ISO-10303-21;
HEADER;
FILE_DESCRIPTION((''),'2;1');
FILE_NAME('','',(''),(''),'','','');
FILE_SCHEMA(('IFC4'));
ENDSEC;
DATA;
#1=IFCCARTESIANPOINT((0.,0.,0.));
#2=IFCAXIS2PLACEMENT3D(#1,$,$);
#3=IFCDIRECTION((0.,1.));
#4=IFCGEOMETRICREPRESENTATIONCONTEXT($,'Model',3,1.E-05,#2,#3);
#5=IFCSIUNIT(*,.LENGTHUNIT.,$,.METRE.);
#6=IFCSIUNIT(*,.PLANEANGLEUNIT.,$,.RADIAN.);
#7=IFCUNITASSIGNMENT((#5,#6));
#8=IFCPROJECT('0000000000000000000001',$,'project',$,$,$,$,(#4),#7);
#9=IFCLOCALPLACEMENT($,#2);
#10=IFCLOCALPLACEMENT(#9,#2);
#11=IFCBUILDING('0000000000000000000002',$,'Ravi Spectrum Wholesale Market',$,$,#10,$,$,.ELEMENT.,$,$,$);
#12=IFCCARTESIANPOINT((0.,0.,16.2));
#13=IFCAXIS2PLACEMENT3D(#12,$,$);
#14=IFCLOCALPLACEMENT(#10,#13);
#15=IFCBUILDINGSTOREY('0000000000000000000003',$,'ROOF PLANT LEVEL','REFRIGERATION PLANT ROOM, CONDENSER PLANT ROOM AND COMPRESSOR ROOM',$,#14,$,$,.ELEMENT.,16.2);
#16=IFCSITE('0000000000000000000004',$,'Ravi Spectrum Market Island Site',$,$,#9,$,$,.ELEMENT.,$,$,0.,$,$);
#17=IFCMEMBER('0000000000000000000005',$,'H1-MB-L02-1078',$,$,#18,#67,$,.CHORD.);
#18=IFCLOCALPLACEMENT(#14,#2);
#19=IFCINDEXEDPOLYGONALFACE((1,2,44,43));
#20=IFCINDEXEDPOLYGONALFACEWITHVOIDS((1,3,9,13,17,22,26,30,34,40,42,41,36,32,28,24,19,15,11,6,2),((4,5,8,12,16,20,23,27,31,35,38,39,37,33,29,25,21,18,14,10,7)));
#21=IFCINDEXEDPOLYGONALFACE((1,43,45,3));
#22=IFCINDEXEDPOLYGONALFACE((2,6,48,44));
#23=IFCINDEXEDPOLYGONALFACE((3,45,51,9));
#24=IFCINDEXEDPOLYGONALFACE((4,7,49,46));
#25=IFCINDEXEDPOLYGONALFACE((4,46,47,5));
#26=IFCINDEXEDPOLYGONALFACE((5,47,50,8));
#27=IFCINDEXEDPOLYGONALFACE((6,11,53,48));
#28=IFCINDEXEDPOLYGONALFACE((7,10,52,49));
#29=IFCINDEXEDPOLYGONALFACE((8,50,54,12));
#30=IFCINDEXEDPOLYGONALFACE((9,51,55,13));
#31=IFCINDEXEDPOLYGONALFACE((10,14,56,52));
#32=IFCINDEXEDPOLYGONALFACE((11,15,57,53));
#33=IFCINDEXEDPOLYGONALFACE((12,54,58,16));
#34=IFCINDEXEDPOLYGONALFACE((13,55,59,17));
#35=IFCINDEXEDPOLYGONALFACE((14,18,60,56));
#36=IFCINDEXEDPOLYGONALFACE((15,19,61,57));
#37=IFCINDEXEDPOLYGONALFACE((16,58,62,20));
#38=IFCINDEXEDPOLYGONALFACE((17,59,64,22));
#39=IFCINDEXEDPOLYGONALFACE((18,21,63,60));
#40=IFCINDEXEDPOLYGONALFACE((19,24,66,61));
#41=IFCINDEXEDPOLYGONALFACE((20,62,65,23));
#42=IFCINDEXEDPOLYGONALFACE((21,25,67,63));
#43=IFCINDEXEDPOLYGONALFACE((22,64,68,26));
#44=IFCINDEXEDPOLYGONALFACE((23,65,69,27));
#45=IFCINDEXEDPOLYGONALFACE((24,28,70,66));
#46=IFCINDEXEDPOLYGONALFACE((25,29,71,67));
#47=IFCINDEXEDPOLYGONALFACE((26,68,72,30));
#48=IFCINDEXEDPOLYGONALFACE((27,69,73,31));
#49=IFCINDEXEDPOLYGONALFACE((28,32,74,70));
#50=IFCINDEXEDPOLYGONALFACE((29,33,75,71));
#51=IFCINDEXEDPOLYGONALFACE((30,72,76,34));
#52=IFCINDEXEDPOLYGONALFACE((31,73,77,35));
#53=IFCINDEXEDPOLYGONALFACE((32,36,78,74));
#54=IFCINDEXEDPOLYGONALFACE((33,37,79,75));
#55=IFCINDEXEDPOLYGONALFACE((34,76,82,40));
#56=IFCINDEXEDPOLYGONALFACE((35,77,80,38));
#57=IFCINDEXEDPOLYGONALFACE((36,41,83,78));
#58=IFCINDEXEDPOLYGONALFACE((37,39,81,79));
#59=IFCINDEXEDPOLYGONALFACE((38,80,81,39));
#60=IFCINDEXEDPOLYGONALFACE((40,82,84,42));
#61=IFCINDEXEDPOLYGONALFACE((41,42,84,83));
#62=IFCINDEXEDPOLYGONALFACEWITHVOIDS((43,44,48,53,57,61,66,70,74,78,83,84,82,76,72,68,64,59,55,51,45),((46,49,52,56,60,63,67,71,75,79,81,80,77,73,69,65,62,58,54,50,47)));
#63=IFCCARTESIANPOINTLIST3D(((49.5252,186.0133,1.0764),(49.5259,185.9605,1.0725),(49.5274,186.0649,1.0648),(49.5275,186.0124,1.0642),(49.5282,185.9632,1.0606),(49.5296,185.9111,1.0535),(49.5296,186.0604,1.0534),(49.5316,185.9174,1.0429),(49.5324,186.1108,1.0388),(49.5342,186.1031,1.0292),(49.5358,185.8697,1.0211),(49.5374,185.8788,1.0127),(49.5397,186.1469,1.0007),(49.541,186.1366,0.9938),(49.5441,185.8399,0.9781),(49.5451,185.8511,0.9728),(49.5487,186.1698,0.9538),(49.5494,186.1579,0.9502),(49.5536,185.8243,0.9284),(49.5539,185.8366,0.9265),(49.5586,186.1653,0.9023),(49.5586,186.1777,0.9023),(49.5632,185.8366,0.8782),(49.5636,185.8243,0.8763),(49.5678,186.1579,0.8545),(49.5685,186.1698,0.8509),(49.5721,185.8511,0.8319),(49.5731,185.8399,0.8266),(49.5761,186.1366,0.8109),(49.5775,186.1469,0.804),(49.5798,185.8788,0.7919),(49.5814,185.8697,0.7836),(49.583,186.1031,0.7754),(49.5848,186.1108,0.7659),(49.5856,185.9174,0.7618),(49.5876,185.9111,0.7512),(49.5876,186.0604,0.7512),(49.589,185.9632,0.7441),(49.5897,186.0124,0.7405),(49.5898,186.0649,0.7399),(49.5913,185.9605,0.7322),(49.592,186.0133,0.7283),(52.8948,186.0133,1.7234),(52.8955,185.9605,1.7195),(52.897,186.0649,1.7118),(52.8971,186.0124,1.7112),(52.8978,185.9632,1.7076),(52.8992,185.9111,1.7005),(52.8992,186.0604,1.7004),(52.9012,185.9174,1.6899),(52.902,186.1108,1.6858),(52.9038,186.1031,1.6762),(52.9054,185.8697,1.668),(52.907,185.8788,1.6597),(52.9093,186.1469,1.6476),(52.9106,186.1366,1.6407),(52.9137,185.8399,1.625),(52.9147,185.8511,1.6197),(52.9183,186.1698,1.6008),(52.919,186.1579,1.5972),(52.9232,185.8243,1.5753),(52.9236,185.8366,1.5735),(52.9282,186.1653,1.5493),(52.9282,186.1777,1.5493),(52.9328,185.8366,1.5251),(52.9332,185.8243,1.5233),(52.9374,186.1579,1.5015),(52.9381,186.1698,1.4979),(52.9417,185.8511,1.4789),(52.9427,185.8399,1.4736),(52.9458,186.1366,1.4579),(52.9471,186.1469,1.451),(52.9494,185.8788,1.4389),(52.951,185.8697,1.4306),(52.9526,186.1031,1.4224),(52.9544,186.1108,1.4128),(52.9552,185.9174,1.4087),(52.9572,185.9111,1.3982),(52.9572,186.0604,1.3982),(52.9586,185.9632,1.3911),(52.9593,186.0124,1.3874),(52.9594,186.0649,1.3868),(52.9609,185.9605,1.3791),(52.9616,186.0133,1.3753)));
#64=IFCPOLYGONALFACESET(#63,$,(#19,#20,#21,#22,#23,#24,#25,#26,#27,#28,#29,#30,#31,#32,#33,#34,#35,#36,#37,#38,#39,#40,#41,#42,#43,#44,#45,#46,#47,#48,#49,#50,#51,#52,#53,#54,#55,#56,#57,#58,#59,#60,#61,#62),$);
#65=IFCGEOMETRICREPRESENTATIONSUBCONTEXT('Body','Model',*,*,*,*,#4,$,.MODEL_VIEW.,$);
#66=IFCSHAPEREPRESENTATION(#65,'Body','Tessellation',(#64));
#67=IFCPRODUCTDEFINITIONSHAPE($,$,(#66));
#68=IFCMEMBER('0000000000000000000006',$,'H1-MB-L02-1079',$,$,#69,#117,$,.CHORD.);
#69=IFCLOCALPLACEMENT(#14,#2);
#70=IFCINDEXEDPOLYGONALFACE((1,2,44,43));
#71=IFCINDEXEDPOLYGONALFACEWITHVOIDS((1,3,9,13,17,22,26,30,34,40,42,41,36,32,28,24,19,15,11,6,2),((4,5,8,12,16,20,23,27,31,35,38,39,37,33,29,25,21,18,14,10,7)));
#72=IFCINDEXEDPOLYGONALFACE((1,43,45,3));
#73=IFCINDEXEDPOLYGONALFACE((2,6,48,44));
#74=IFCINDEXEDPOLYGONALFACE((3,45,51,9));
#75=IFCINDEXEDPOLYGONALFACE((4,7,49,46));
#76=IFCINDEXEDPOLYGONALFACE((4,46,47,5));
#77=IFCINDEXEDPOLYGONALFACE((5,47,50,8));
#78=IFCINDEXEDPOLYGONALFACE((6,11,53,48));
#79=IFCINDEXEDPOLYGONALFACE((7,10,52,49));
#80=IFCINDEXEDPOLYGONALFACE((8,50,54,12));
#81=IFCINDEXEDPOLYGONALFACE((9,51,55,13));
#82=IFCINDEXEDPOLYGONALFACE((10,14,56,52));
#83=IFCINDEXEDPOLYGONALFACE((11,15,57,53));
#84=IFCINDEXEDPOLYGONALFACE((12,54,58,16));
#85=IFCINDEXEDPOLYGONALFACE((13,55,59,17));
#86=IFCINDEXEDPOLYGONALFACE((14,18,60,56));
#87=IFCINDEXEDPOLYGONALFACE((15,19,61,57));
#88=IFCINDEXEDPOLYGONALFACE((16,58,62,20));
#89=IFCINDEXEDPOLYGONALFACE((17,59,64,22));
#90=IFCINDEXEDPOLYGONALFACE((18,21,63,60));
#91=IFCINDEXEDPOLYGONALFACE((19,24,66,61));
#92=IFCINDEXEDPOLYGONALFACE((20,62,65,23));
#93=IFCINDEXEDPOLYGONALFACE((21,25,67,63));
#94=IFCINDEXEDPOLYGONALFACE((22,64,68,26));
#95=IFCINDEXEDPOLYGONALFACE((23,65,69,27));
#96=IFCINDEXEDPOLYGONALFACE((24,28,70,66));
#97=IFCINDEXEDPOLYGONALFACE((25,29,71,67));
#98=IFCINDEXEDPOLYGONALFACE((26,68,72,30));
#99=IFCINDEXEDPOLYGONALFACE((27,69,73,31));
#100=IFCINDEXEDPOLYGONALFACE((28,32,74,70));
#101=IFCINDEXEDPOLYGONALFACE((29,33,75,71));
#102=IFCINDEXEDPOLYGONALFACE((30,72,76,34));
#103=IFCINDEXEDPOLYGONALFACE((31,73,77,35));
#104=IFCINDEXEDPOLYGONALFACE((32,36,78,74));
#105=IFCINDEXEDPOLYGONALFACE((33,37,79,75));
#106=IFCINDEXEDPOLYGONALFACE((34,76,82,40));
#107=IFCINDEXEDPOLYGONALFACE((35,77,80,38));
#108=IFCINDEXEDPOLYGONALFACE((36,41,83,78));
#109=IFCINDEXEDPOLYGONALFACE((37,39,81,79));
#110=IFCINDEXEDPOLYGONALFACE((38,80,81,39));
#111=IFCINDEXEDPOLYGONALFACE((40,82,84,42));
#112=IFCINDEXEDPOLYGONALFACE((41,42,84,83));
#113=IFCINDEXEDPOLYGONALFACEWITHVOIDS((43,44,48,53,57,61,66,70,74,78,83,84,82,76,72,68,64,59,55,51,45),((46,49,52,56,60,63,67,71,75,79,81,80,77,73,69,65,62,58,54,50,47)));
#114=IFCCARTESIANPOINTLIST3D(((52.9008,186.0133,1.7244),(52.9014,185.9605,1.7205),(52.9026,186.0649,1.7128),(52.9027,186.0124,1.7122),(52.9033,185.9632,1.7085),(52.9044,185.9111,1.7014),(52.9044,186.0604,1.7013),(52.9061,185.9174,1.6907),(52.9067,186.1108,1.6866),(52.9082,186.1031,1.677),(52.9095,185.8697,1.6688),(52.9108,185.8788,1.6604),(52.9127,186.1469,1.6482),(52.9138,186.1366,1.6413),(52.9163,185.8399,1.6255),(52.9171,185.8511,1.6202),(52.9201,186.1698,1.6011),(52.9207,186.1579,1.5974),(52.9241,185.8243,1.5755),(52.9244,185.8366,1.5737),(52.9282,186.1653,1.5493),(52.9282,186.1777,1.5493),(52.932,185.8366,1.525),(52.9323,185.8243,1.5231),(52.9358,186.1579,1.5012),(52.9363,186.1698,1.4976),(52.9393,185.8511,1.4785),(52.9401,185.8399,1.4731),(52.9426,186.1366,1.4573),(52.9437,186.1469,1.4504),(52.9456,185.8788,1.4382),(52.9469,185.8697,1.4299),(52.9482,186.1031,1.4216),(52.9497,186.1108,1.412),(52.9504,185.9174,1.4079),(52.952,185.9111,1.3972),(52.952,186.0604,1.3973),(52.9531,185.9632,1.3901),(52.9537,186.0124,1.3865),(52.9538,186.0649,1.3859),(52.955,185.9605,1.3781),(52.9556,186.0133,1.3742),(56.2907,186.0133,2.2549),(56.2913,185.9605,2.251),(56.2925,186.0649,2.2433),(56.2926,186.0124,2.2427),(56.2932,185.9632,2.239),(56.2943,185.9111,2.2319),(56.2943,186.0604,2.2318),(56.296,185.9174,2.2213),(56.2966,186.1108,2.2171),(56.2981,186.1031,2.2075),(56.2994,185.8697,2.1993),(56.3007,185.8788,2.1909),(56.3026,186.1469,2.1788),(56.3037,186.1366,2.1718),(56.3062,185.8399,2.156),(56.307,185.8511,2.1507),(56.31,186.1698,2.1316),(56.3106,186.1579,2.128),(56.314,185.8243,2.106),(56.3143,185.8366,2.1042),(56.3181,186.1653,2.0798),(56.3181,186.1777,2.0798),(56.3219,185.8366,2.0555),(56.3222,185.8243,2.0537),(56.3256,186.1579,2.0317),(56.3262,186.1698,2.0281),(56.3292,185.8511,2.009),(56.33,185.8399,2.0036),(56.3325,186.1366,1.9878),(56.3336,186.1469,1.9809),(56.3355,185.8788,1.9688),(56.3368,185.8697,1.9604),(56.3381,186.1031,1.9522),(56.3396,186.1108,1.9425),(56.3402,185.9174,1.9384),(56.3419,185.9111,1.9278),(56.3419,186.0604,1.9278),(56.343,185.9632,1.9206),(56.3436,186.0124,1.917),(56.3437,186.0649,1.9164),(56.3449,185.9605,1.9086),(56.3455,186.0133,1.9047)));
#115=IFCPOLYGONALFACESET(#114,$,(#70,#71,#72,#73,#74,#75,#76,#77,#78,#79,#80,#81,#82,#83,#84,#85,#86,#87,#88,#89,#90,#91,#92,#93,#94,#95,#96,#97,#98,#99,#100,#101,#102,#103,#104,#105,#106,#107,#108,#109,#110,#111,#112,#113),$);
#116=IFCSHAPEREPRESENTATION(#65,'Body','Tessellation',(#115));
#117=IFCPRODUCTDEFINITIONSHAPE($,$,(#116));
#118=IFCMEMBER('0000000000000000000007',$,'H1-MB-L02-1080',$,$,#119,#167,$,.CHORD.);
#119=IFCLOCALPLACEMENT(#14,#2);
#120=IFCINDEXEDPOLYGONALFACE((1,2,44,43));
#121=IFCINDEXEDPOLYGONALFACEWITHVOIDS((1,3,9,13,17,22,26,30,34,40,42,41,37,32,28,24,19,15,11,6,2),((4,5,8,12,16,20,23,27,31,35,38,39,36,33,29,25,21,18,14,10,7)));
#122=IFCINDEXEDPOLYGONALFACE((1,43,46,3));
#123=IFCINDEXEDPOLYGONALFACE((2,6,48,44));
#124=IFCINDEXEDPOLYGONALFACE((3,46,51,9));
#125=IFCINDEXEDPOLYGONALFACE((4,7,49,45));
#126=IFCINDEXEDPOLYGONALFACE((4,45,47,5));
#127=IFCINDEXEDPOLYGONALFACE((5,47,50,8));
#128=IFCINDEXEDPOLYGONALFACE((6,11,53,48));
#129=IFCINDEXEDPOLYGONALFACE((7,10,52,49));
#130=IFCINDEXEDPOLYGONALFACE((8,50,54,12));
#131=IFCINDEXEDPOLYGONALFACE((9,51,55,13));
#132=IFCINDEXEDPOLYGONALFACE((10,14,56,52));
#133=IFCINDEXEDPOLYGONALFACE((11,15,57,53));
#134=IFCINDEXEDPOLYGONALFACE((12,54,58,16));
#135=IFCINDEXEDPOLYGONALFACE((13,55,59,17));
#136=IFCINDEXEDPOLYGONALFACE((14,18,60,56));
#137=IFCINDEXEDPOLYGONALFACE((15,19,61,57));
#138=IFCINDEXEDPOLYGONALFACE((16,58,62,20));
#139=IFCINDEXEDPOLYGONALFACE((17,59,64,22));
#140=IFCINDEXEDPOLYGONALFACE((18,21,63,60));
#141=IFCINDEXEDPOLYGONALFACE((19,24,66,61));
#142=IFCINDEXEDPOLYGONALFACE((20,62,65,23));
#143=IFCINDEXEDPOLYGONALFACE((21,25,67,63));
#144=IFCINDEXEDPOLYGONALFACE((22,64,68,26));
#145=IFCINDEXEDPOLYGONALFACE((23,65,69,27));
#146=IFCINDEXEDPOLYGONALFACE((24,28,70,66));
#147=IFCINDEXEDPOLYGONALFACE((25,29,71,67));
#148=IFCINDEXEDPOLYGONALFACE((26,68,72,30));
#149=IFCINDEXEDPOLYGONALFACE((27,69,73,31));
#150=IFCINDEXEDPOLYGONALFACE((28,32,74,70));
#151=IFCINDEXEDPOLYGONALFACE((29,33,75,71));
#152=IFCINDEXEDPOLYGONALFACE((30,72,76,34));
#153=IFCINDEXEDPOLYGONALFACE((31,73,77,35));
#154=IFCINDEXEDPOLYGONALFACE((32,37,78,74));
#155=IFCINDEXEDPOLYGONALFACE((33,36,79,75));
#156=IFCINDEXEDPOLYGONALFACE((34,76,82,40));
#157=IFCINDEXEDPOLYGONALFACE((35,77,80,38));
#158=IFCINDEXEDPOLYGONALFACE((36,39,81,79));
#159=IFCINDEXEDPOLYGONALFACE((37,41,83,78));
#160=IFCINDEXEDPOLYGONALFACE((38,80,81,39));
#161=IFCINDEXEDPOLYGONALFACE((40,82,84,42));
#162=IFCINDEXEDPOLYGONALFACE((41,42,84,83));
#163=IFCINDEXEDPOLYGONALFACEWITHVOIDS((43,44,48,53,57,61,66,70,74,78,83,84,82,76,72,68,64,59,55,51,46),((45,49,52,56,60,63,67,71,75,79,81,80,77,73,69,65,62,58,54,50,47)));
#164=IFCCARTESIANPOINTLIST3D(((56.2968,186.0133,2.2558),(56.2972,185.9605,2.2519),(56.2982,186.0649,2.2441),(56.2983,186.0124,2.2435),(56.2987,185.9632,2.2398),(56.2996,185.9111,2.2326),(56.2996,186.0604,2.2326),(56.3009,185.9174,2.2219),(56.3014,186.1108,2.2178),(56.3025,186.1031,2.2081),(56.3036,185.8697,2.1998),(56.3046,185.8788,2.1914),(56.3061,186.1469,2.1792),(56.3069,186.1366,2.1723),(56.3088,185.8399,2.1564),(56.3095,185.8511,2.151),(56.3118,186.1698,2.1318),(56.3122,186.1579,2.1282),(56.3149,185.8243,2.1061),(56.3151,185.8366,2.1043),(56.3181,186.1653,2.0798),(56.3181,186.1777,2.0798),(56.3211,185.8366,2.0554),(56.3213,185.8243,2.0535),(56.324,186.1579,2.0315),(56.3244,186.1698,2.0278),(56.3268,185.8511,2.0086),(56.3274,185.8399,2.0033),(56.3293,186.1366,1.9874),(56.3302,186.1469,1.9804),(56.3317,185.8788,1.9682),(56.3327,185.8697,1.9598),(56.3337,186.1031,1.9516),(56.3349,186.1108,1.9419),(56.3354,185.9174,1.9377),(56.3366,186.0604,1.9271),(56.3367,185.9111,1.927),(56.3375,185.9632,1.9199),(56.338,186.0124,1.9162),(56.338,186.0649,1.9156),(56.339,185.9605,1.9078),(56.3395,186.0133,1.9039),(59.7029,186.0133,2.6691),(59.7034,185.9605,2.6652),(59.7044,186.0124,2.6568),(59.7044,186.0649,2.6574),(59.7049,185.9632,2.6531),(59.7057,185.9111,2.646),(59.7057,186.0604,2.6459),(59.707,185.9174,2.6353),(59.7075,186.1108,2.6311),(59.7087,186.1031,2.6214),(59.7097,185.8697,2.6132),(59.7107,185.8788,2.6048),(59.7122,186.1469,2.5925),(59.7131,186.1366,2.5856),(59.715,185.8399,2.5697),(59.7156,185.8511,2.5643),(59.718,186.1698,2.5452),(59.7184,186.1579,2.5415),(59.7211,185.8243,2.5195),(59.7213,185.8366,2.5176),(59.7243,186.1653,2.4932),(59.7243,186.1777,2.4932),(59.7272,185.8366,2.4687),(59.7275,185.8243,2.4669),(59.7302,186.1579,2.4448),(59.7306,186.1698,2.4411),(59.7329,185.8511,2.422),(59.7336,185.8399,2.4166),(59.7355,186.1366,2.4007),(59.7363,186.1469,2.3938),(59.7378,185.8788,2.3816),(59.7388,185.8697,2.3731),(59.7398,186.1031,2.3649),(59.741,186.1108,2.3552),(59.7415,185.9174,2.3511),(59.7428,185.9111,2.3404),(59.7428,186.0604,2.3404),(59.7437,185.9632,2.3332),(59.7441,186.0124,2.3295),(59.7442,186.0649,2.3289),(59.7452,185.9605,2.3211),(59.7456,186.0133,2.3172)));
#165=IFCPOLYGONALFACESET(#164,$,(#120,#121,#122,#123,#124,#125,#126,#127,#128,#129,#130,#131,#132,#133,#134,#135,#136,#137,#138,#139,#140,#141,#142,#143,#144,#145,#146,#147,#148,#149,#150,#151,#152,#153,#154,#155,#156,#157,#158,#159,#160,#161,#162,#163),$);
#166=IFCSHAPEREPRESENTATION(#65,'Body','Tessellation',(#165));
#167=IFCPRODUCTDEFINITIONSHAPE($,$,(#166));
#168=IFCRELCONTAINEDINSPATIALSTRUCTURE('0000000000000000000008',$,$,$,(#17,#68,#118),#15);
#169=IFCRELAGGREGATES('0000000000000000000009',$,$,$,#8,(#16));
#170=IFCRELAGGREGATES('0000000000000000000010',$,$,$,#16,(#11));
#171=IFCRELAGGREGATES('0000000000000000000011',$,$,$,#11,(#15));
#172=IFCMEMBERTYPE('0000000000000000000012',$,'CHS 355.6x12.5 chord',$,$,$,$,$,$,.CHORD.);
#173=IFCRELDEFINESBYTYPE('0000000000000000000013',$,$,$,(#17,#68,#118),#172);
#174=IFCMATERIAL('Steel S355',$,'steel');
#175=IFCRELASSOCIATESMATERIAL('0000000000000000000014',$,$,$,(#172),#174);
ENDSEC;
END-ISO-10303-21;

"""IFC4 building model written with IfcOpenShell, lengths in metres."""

from ifc_helpers import new_model, si_unit, direction, frame, origin, origin_2d, place, context, subcontext, project, spatial, hollow_circle, extrude, material, material_profile, profile_set, type_object, element, save


model = new_model("IFC4")

# Units and contexts
model_context = context("Model", 3, precision=1e-05, world=origin(), true_north=direction((0.0, 1.0)))
body_context = subcontext(model_context, "Body", "Model", "MODEL_VIEW")
ifc_project = project(units=[si_unit("LENGTHUNIT", "METRE"), si_unit("PLANEANGLEUNIT", "RADIAN")], contexts=[model_context])

# Site, building, storey
site_placement = place(None, origin())
site = spatial("IfcSite", under=ifc_project, at=site_placement, Name="Ravi Spectrum Market Island Site", CompositionType="ELEMENT", RefElevation=0.0)
building_placement = place(site_placement, origin())
building = spatial("IfcBuilding", under=site, at=building_placement, Name="Ravi Spectrum Wholesale Market", CompositionType="ELEMENT")
storey_placement = place(building_placement, frame((0.0, 0.0, 16.2)))
storey = spatial("IfcBuildingStorey", under=building, at=storey_placement, Name="ROOF PLANT LEVEL", Description="REFRIGERATION PLANT ROOM, CONDENSER PLANT ROOM AND COMPRESSOR ROOM", CompositionType="ELEMENT", Elevation=16.2)

# Members
ifc_material_1 = material(Name="Steel S355", Category="steel")
ifc_material_profile_1 = material_profile(ifc_material_1, hollow_circle(Radius=0.1777, WallThickness=0.0125, at=origin_2d()))
ifc_profile_set_1 = profile_set([ifc_material_profile_1], Name="Steel S355")
member_type_1 = type_object("IfcMemberType", Name="CHS 355.6x12.5 chord", PredefinedType="CHORD", material=ifc_profile_set_1)
for number, where, z_axis, x_axis, name in (
    (1, (49.5586, 186.0, 0.9023), (0.982062, 0.0, 0.188557), (0.0, 1.0, 0.0), "H1-MB-L02-1078"),
    (2, (52.9282, 186.0, 1.5493), (0.987974, 0.0, 0.154618), (0.0, 1.0, 0.0), "H1-MB-L02-1079"),
    (3, (56.3181, 186.0, 2.0798), (0.992718, 0.0, 0.120461), (0.0, 1.0, 0.0), "H1-MB-L02-1080"),
):
    element("IfcMember", number, at=place(storey_placement, frame(where, z_axis=z_axis, x_axis=x_axis)), inside=storey, type_object=member_type_1, Name=name, PredefinedType="CHORD", context=body_context, shape_type="SweptSolid", body=[
        extrude(hollow_circle(Radius=0.1777, WallThickness=0.0125, at=origin_2d()), origin(), (0.0, 0.0, 1.0), 3.4312),
    ])

save(model, "model.ifc")
